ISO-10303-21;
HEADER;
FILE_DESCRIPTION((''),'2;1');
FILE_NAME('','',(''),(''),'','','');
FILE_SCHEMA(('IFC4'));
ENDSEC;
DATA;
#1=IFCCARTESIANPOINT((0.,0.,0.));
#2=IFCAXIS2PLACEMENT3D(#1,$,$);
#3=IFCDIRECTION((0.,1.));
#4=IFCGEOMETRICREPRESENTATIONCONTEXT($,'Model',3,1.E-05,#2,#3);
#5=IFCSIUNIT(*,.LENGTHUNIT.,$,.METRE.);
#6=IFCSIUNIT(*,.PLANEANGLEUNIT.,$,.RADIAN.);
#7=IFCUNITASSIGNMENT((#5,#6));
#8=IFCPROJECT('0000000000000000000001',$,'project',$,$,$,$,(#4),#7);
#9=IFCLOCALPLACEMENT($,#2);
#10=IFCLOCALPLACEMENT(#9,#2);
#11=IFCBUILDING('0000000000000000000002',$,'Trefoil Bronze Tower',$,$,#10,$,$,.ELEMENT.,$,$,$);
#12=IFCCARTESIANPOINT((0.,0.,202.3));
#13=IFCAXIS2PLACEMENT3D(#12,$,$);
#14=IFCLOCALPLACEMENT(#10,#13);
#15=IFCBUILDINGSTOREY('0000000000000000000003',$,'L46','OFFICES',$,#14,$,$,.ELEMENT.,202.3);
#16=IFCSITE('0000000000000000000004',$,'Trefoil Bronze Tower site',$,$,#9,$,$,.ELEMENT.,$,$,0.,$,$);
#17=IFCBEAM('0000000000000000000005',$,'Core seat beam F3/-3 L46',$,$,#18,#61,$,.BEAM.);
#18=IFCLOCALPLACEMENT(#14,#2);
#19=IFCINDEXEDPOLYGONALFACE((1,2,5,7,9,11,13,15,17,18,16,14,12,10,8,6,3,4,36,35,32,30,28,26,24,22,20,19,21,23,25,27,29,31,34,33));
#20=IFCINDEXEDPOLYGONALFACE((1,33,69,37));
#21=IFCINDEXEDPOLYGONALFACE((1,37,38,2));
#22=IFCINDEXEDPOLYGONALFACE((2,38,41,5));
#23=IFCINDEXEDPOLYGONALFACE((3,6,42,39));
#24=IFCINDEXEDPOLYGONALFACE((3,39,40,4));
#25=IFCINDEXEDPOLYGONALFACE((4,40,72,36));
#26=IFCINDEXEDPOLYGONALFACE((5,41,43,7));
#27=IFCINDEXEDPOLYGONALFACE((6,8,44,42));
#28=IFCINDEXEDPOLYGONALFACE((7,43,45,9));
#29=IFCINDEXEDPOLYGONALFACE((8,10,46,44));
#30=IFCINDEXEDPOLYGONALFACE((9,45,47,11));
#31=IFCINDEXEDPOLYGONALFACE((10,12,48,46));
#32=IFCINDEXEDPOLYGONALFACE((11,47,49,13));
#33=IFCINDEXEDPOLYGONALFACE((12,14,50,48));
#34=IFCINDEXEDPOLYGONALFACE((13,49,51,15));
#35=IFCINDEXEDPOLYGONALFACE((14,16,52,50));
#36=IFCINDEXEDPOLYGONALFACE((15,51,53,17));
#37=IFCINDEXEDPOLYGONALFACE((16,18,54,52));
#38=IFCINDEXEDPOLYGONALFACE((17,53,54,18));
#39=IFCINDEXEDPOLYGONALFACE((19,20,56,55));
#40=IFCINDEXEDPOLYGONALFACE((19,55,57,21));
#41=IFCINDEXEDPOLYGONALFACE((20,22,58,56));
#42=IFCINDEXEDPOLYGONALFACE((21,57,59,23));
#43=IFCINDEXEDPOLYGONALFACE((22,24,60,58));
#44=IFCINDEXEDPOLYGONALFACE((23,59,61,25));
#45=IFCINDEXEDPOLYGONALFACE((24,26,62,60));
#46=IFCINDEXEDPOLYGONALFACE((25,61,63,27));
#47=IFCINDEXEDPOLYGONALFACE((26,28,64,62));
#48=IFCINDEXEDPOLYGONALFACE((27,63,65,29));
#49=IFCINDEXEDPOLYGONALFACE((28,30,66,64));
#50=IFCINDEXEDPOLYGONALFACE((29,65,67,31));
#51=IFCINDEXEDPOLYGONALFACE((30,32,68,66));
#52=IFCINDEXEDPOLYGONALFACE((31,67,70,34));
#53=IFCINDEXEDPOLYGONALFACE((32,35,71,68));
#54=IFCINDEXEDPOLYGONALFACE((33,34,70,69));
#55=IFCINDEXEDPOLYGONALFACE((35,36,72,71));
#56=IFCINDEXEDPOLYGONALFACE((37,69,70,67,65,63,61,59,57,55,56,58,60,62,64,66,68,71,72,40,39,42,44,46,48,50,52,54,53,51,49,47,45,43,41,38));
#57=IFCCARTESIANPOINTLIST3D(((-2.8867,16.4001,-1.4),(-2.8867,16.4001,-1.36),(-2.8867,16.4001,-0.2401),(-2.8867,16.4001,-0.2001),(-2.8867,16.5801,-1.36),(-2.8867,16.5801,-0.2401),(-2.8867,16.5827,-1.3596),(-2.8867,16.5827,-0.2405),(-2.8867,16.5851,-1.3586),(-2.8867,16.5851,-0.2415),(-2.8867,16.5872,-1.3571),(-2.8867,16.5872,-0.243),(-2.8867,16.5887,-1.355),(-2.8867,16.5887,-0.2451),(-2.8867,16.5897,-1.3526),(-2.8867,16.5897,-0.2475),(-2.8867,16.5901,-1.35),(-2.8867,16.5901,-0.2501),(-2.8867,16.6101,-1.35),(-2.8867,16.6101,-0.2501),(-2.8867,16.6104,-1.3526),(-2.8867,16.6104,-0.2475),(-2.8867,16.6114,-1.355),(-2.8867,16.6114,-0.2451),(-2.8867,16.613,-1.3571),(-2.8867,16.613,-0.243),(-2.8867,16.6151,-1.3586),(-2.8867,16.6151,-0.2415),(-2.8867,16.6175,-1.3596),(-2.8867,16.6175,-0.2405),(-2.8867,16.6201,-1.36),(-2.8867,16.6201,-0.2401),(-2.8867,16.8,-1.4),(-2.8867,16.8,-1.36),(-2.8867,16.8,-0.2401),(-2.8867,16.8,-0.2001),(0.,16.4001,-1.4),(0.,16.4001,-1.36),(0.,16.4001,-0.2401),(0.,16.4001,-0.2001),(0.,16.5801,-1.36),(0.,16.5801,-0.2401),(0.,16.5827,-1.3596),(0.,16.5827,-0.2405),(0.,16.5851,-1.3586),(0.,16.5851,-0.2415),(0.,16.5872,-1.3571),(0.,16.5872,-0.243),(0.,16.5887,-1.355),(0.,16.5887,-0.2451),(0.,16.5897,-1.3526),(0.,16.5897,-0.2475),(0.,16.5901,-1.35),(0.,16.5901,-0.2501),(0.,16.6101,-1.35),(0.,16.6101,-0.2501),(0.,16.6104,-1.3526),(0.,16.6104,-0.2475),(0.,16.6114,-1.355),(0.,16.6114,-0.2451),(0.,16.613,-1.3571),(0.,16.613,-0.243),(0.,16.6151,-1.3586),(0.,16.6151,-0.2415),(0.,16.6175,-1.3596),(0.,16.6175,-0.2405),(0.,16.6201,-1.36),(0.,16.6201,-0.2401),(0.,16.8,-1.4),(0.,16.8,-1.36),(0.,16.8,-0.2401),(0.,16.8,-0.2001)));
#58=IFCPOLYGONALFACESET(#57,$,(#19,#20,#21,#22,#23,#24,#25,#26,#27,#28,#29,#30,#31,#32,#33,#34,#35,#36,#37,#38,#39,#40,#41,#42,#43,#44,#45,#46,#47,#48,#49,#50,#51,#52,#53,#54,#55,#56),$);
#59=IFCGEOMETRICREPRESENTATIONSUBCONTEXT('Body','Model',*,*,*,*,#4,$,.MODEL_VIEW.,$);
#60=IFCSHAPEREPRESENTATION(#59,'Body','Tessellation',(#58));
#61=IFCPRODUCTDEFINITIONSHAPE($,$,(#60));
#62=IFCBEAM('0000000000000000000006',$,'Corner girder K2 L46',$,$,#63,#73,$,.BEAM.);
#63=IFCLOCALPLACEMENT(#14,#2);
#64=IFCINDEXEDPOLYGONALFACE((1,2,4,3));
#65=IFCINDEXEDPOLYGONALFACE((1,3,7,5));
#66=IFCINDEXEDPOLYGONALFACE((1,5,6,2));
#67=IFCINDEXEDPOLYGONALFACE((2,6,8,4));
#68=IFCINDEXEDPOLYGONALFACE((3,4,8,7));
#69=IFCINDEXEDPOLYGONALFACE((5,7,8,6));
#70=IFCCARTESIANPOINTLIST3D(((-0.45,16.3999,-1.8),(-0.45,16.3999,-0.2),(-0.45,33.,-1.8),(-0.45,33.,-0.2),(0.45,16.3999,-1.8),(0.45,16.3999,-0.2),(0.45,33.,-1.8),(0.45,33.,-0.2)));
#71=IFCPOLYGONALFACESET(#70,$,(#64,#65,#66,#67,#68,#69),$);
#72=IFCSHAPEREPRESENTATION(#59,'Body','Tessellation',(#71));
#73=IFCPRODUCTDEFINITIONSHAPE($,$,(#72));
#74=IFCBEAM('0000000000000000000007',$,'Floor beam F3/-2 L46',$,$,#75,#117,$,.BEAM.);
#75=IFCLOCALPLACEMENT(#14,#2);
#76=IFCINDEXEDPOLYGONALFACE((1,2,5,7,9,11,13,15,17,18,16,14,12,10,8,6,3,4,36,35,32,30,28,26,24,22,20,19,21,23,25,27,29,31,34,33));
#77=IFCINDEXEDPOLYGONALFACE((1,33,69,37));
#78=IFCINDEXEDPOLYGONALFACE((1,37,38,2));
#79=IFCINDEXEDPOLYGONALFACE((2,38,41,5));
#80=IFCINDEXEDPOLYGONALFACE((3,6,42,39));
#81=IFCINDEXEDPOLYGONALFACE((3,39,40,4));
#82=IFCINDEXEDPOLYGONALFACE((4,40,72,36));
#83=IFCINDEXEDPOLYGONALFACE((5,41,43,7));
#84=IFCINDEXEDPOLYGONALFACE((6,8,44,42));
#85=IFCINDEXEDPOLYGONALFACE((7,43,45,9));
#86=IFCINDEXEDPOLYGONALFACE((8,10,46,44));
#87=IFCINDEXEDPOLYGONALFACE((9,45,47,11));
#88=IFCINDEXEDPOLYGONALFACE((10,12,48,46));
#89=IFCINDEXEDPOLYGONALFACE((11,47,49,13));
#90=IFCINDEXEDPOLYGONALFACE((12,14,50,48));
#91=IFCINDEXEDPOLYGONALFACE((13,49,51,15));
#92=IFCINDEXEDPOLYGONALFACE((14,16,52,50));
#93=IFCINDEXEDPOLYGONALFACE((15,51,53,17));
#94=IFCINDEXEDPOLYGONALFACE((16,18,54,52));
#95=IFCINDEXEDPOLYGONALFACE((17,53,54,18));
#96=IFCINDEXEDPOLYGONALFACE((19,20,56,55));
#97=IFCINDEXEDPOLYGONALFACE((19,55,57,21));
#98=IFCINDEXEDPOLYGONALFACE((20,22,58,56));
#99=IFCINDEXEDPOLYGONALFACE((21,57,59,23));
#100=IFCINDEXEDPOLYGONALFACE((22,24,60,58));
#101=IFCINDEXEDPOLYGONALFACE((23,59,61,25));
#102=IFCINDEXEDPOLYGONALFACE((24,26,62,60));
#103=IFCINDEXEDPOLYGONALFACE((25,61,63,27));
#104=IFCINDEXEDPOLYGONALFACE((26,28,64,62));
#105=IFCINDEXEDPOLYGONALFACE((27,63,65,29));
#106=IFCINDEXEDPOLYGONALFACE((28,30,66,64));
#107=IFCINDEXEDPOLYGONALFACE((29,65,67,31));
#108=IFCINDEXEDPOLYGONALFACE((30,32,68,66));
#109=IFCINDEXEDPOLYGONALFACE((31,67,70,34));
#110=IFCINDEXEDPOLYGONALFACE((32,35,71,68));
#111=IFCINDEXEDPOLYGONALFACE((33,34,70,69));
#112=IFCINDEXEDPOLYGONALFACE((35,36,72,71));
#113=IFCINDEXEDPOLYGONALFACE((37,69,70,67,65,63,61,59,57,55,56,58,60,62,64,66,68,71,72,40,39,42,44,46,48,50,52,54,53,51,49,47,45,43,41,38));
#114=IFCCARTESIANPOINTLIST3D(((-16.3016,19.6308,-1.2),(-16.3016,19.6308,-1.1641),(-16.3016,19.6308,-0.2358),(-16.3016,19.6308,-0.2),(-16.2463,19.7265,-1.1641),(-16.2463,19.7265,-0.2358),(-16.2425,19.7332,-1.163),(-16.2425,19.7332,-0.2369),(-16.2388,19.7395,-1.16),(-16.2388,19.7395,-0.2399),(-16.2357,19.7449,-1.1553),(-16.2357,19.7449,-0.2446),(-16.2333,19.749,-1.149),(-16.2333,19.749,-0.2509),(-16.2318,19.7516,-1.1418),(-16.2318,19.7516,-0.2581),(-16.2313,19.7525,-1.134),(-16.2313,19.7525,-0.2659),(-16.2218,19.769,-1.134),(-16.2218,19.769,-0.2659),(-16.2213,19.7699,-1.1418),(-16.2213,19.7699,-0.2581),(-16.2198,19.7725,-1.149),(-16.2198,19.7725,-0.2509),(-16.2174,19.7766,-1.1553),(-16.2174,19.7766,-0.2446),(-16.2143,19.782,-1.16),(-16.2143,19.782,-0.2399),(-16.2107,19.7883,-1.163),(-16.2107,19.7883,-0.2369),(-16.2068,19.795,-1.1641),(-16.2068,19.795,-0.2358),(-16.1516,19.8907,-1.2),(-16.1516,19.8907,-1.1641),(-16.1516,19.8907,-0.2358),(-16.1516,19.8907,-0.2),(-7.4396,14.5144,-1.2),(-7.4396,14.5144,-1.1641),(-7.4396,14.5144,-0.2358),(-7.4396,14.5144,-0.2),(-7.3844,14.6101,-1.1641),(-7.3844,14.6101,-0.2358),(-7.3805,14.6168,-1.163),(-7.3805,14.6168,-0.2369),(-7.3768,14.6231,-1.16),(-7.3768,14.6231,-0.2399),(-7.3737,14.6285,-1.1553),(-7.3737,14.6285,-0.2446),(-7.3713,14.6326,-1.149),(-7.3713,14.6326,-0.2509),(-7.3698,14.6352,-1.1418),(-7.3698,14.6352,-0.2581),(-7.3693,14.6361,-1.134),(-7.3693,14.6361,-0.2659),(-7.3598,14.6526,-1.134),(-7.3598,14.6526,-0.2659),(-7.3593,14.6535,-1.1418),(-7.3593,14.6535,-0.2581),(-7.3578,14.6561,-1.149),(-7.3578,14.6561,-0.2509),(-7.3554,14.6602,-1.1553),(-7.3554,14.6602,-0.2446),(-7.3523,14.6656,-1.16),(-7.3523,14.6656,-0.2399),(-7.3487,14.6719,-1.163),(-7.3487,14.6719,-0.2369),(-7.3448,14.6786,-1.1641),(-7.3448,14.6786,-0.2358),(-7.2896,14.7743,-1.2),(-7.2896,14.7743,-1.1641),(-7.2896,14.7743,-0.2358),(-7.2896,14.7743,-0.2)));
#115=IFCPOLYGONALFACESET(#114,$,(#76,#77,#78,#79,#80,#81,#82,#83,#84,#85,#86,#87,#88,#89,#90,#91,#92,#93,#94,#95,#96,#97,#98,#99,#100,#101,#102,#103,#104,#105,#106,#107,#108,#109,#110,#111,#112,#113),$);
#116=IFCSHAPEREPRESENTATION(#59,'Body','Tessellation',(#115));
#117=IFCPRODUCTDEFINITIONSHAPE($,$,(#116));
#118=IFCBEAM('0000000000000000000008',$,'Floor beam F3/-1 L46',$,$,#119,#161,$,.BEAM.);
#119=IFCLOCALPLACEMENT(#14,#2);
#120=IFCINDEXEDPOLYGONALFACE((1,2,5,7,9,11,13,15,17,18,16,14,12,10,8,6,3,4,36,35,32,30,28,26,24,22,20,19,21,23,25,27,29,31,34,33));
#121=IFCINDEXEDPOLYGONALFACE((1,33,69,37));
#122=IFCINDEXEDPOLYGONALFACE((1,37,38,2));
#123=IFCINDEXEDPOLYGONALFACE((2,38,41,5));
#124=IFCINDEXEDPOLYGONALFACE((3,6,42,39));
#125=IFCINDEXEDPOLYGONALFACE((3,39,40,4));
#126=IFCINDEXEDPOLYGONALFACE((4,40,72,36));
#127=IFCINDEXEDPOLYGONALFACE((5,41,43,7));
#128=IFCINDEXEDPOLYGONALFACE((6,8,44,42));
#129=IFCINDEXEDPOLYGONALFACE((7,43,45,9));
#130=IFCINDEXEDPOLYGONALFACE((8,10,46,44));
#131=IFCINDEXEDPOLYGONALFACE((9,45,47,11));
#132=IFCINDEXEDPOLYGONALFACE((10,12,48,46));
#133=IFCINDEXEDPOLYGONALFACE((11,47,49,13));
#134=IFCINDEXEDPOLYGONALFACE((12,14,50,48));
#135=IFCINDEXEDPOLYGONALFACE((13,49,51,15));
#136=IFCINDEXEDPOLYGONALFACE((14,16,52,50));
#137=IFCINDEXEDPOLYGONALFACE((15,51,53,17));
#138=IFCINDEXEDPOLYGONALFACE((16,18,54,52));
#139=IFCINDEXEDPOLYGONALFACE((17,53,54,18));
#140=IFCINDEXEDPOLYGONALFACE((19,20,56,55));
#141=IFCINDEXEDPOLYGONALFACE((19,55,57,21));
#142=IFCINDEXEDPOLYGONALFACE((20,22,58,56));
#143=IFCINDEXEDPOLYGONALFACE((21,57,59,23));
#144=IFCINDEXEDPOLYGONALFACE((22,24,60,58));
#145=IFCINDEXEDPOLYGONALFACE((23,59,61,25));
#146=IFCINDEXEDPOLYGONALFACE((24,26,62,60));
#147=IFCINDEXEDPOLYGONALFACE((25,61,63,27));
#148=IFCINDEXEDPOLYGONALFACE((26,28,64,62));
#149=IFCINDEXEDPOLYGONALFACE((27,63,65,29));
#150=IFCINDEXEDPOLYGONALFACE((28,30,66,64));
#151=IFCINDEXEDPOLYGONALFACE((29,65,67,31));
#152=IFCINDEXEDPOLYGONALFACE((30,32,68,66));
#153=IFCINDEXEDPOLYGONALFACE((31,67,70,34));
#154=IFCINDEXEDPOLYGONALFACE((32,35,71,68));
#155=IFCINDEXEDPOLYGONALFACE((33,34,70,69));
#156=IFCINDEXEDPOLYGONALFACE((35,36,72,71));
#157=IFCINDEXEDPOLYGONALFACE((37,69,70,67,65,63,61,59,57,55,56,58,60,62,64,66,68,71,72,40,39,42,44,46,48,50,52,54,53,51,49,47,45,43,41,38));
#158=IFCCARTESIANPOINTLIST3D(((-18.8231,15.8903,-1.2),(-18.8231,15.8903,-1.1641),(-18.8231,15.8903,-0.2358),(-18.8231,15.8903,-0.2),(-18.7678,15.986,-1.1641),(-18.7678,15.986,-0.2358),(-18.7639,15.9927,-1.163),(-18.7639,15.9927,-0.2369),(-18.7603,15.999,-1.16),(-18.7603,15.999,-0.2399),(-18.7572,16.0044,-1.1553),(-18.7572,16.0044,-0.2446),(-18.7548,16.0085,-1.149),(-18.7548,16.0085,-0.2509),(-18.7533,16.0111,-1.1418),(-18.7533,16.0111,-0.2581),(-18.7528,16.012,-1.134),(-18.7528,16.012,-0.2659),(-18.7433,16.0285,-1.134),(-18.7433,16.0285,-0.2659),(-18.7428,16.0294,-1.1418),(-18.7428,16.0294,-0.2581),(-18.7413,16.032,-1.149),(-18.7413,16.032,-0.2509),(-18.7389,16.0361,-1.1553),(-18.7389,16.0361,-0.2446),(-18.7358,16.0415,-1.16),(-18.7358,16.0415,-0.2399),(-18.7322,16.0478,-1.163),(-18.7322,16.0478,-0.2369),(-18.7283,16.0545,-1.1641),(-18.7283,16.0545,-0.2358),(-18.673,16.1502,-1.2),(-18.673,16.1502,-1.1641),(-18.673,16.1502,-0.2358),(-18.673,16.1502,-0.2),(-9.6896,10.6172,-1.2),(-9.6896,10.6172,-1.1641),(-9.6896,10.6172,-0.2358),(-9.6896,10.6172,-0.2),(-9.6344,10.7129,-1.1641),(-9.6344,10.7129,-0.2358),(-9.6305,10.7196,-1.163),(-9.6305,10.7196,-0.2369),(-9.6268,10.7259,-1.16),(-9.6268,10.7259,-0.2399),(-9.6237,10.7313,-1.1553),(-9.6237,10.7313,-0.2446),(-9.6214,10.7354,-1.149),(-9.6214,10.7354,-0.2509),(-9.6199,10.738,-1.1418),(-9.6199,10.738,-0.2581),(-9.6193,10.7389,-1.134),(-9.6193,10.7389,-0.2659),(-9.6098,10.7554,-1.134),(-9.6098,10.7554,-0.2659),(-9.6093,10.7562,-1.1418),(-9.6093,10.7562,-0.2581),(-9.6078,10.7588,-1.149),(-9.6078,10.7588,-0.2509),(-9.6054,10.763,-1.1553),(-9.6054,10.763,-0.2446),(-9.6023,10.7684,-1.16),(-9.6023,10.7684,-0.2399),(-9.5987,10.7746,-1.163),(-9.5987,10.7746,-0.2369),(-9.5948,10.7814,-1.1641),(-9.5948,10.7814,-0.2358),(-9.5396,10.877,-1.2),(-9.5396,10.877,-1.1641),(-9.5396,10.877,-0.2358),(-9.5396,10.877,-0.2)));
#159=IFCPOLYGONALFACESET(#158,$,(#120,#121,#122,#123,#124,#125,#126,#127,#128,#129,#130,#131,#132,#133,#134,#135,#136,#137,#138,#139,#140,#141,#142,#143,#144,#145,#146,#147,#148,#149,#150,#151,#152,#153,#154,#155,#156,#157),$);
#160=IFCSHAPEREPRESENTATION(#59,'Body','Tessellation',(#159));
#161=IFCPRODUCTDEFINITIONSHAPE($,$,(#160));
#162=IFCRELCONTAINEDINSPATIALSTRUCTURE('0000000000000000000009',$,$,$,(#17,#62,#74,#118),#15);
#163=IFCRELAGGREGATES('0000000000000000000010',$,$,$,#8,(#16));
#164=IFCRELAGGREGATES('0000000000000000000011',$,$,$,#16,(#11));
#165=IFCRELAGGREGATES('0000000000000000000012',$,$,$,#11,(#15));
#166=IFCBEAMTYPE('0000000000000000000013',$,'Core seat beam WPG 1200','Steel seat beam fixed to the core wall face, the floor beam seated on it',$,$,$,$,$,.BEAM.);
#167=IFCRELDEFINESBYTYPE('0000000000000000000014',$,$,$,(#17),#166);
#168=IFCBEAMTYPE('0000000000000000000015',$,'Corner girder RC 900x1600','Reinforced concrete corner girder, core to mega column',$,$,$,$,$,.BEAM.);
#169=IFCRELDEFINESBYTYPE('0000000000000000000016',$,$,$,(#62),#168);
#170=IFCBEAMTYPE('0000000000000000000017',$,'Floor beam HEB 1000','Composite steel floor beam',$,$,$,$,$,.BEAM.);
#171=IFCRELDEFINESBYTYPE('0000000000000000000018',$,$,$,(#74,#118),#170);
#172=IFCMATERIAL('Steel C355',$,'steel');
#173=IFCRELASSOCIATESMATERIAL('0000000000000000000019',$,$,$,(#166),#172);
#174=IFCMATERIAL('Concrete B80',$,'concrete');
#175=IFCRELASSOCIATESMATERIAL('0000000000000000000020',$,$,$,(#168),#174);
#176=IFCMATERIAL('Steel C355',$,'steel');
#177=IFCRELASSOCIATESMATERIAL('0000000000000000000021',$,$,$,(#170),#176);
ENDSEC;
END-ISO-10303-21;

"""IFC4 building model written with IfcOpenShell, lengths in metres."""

from ifc_helpers import new_model, si_unit, direction, frame, origin, origin_2d, place, context, subcontext, project, spatial, rectangle, i_section, extrude, material, material_profile, profile_set, type_object, element, save


model = new_model("IFC4")

# Units and contexts
model_context = context("Model", 3, precision=1e-05, world=origin(), true_north=direction((0.0, 1.0)))
body_context = subcontext(model_context, "Body", "Model", "MODEL_VIEW")
ifc_project = project(units=[si_unit("LENGTHUNIT", "METRE"), si_unit("PLANEANGLEUNIT", "RADIAN")], contexts=[model_context])

# Site, building, storey
site_placement = place(None, origin())
site = spatial("IfcSite", under=ifc_project, at=site_placement, Name="Trefoil Bronze Tower site", CompositionType="ELEMENT", RefElevation=0.0)
building_placement = place(site_placement, origin())
building = spatial("IfcBuilding", under=site, at=building_placement, Name="Trefoil Bronze Tower", CompositionType="ELEMENT")
storey_placement = place(building_placement, frame((0.0, 0.0, 202.3)))
storey = spatial("IfcBuildingStorey", under=building, at=storey_placement, Name="L46", Description="OFFICES", CompositionType="ELEMENT", Elevation=202.3)

# Beams
ifc_material_1 = material(Name="Steel C355", Category="steel")
ifc_material_profile_1 = material_profile(ifc_material_1, i_section(OverallWidth=0.3999, OverallDepth=1.2, WebThickness=0.02, FlangeThickness=0.04, FilletRadius=0.01, at=origin_2d()), Name="WPG 1200")
ifc_profile_set_1 = profile_set([ifc_material_profile_1], Name="Steel C355")
beam_type_1 = type_object("IfcBeamType", Name="Core seat beam WPG 1200", Description="Steel seat beam fixed to the core wall face, the floor beam seated on it", PredefinedType="BEAM", material=ifc_profile_set_1)
beam_1_placement = place(storey_placement, frame((0.0, 16.6001, -0.8), z_axis=(-1.0, 0.0, 0.0), x_axis=(0.0, -1.0, 0.0)))
element("IfcBeam", 1, at=beam_1_placement, inside=storey, type_object=beam_type_1, Name="Core seat beam F3/-3 L46", PredefinedType="BEAM", context=body_context, shape_type="SweptSolid", body=[
    extrude(i_section(OverallWidth=0.3999, OverallDepth=1.2, WebThickness=0.02, FlangeThickness=0.04, FilletRadius=0.01, at=origin_2d()), origin(), (0.0, 0.0, 1.0), 2.8867),
])
ifc_material_2 = material(Name="Concrete B80", Category="concrete")
ifc_material_profile_2 = material_profile(ifc_material_2, rectangle(XDim=0.8999, YDim=1.6001, at=origin_2d()), Name="RC 900x1600")
ifc_profile_set_2 = profile_set([ifc_material_profile_2], Name="Concrete B80")
beam_type_2 = type_object("IfcBeamType", Name="Corner girder RC 900x1600", Description="Reinforced concrete corner girder, core to mega column", PredefinedType="BEAM", material=ifc_profile_set_2)
beam_2_placement = place(storey_placement, frame((0.0, 16.3999, -1.0), z_axis=(0.0, 1.0, 0.0), x_axis=(-1.0, 0.0, 0.0)))
element("IfcBeam", 2, at=beam_2_placement, inside=storey, type_object=beam_type_2, Name="Corner girder K2 L46", PredefinedType="BEAM", context=body_context, shape_type="SweptSolid", body=[
    extrude(rectangle(XDim=0.8999, YDim=1.6001, at=origin_2d()), origin(), (0.0, 0.0, 1.0), 16.6001),
])
ifc_material_3 = material(Name="Steel C355", Category="steel")
ifc_material_profile_3 = material_profile(ifc_material_3, i_section(OverallWidth=0.3, OverallDepth=1.0, WebThickness=0.019, FlangeThickness=0.0359, FilletRadius=0.03, at=origin_2d()), Name="HEB 1000")
ifc_profile_set_3 = profile_set([ifc_material_profile_3], Name="Steel C355")
beam_type_3 = type_object("IfcBeamType", Name="Floor beam HEB 1000", Description="Composite steel floor beam", PredefinedType="BEAM", material=ifc_profile_set_3)
beam_3_placement = place(storey_placement, frame((-16.2266, 19.7607, -0.7), z_axis=(0.866028, -0.499996, 0.0), x_axis=(0.499996, 0.866028, 0.0)))
element("IfcBeam", 3, at=beam_3_placement, inside=storey, type_object=beam_type_3, Name="Floor beam F3/-2 L46", PredefinedType="BEAM", context=body_context, shape_type="SweptSolid", body=[
    extrude(i_section(OverallWidth=0.3, OverallDepth=1.0, WebThickness=0.019, FlangeThickness=0.0359, FilletRadius=0.03, at=origin_2d()), origin(), (0.0, 0.0, 1.0), 10.2329),
])
beam_4_placement = place(storey_placement, frame((-18.748, 16.0203, -0.7), z_axis=(0.866028, -0.499996, 0.0), x_axis=(0.499996, 0.866028, 0.0)))
element("IfcBeam", 4, at=beam_4_placement, inside=storey, type_object=beam_type_3, Name="Floor beam F3/-1 L46", PredefinedType="BEAM", context=body_context, shape_type="SweptSolid", body=[
    extrude(i_section(OverallWidth=0.3, OverallDepth=1.0, WebThickness=0.019, FlangeThickness=0.0359, FilletRadius=0.03, at=origin_2d()), origin(), (0.0, 0.0, 1.0), 10.5464),
])

save(model, "model.ifc")
